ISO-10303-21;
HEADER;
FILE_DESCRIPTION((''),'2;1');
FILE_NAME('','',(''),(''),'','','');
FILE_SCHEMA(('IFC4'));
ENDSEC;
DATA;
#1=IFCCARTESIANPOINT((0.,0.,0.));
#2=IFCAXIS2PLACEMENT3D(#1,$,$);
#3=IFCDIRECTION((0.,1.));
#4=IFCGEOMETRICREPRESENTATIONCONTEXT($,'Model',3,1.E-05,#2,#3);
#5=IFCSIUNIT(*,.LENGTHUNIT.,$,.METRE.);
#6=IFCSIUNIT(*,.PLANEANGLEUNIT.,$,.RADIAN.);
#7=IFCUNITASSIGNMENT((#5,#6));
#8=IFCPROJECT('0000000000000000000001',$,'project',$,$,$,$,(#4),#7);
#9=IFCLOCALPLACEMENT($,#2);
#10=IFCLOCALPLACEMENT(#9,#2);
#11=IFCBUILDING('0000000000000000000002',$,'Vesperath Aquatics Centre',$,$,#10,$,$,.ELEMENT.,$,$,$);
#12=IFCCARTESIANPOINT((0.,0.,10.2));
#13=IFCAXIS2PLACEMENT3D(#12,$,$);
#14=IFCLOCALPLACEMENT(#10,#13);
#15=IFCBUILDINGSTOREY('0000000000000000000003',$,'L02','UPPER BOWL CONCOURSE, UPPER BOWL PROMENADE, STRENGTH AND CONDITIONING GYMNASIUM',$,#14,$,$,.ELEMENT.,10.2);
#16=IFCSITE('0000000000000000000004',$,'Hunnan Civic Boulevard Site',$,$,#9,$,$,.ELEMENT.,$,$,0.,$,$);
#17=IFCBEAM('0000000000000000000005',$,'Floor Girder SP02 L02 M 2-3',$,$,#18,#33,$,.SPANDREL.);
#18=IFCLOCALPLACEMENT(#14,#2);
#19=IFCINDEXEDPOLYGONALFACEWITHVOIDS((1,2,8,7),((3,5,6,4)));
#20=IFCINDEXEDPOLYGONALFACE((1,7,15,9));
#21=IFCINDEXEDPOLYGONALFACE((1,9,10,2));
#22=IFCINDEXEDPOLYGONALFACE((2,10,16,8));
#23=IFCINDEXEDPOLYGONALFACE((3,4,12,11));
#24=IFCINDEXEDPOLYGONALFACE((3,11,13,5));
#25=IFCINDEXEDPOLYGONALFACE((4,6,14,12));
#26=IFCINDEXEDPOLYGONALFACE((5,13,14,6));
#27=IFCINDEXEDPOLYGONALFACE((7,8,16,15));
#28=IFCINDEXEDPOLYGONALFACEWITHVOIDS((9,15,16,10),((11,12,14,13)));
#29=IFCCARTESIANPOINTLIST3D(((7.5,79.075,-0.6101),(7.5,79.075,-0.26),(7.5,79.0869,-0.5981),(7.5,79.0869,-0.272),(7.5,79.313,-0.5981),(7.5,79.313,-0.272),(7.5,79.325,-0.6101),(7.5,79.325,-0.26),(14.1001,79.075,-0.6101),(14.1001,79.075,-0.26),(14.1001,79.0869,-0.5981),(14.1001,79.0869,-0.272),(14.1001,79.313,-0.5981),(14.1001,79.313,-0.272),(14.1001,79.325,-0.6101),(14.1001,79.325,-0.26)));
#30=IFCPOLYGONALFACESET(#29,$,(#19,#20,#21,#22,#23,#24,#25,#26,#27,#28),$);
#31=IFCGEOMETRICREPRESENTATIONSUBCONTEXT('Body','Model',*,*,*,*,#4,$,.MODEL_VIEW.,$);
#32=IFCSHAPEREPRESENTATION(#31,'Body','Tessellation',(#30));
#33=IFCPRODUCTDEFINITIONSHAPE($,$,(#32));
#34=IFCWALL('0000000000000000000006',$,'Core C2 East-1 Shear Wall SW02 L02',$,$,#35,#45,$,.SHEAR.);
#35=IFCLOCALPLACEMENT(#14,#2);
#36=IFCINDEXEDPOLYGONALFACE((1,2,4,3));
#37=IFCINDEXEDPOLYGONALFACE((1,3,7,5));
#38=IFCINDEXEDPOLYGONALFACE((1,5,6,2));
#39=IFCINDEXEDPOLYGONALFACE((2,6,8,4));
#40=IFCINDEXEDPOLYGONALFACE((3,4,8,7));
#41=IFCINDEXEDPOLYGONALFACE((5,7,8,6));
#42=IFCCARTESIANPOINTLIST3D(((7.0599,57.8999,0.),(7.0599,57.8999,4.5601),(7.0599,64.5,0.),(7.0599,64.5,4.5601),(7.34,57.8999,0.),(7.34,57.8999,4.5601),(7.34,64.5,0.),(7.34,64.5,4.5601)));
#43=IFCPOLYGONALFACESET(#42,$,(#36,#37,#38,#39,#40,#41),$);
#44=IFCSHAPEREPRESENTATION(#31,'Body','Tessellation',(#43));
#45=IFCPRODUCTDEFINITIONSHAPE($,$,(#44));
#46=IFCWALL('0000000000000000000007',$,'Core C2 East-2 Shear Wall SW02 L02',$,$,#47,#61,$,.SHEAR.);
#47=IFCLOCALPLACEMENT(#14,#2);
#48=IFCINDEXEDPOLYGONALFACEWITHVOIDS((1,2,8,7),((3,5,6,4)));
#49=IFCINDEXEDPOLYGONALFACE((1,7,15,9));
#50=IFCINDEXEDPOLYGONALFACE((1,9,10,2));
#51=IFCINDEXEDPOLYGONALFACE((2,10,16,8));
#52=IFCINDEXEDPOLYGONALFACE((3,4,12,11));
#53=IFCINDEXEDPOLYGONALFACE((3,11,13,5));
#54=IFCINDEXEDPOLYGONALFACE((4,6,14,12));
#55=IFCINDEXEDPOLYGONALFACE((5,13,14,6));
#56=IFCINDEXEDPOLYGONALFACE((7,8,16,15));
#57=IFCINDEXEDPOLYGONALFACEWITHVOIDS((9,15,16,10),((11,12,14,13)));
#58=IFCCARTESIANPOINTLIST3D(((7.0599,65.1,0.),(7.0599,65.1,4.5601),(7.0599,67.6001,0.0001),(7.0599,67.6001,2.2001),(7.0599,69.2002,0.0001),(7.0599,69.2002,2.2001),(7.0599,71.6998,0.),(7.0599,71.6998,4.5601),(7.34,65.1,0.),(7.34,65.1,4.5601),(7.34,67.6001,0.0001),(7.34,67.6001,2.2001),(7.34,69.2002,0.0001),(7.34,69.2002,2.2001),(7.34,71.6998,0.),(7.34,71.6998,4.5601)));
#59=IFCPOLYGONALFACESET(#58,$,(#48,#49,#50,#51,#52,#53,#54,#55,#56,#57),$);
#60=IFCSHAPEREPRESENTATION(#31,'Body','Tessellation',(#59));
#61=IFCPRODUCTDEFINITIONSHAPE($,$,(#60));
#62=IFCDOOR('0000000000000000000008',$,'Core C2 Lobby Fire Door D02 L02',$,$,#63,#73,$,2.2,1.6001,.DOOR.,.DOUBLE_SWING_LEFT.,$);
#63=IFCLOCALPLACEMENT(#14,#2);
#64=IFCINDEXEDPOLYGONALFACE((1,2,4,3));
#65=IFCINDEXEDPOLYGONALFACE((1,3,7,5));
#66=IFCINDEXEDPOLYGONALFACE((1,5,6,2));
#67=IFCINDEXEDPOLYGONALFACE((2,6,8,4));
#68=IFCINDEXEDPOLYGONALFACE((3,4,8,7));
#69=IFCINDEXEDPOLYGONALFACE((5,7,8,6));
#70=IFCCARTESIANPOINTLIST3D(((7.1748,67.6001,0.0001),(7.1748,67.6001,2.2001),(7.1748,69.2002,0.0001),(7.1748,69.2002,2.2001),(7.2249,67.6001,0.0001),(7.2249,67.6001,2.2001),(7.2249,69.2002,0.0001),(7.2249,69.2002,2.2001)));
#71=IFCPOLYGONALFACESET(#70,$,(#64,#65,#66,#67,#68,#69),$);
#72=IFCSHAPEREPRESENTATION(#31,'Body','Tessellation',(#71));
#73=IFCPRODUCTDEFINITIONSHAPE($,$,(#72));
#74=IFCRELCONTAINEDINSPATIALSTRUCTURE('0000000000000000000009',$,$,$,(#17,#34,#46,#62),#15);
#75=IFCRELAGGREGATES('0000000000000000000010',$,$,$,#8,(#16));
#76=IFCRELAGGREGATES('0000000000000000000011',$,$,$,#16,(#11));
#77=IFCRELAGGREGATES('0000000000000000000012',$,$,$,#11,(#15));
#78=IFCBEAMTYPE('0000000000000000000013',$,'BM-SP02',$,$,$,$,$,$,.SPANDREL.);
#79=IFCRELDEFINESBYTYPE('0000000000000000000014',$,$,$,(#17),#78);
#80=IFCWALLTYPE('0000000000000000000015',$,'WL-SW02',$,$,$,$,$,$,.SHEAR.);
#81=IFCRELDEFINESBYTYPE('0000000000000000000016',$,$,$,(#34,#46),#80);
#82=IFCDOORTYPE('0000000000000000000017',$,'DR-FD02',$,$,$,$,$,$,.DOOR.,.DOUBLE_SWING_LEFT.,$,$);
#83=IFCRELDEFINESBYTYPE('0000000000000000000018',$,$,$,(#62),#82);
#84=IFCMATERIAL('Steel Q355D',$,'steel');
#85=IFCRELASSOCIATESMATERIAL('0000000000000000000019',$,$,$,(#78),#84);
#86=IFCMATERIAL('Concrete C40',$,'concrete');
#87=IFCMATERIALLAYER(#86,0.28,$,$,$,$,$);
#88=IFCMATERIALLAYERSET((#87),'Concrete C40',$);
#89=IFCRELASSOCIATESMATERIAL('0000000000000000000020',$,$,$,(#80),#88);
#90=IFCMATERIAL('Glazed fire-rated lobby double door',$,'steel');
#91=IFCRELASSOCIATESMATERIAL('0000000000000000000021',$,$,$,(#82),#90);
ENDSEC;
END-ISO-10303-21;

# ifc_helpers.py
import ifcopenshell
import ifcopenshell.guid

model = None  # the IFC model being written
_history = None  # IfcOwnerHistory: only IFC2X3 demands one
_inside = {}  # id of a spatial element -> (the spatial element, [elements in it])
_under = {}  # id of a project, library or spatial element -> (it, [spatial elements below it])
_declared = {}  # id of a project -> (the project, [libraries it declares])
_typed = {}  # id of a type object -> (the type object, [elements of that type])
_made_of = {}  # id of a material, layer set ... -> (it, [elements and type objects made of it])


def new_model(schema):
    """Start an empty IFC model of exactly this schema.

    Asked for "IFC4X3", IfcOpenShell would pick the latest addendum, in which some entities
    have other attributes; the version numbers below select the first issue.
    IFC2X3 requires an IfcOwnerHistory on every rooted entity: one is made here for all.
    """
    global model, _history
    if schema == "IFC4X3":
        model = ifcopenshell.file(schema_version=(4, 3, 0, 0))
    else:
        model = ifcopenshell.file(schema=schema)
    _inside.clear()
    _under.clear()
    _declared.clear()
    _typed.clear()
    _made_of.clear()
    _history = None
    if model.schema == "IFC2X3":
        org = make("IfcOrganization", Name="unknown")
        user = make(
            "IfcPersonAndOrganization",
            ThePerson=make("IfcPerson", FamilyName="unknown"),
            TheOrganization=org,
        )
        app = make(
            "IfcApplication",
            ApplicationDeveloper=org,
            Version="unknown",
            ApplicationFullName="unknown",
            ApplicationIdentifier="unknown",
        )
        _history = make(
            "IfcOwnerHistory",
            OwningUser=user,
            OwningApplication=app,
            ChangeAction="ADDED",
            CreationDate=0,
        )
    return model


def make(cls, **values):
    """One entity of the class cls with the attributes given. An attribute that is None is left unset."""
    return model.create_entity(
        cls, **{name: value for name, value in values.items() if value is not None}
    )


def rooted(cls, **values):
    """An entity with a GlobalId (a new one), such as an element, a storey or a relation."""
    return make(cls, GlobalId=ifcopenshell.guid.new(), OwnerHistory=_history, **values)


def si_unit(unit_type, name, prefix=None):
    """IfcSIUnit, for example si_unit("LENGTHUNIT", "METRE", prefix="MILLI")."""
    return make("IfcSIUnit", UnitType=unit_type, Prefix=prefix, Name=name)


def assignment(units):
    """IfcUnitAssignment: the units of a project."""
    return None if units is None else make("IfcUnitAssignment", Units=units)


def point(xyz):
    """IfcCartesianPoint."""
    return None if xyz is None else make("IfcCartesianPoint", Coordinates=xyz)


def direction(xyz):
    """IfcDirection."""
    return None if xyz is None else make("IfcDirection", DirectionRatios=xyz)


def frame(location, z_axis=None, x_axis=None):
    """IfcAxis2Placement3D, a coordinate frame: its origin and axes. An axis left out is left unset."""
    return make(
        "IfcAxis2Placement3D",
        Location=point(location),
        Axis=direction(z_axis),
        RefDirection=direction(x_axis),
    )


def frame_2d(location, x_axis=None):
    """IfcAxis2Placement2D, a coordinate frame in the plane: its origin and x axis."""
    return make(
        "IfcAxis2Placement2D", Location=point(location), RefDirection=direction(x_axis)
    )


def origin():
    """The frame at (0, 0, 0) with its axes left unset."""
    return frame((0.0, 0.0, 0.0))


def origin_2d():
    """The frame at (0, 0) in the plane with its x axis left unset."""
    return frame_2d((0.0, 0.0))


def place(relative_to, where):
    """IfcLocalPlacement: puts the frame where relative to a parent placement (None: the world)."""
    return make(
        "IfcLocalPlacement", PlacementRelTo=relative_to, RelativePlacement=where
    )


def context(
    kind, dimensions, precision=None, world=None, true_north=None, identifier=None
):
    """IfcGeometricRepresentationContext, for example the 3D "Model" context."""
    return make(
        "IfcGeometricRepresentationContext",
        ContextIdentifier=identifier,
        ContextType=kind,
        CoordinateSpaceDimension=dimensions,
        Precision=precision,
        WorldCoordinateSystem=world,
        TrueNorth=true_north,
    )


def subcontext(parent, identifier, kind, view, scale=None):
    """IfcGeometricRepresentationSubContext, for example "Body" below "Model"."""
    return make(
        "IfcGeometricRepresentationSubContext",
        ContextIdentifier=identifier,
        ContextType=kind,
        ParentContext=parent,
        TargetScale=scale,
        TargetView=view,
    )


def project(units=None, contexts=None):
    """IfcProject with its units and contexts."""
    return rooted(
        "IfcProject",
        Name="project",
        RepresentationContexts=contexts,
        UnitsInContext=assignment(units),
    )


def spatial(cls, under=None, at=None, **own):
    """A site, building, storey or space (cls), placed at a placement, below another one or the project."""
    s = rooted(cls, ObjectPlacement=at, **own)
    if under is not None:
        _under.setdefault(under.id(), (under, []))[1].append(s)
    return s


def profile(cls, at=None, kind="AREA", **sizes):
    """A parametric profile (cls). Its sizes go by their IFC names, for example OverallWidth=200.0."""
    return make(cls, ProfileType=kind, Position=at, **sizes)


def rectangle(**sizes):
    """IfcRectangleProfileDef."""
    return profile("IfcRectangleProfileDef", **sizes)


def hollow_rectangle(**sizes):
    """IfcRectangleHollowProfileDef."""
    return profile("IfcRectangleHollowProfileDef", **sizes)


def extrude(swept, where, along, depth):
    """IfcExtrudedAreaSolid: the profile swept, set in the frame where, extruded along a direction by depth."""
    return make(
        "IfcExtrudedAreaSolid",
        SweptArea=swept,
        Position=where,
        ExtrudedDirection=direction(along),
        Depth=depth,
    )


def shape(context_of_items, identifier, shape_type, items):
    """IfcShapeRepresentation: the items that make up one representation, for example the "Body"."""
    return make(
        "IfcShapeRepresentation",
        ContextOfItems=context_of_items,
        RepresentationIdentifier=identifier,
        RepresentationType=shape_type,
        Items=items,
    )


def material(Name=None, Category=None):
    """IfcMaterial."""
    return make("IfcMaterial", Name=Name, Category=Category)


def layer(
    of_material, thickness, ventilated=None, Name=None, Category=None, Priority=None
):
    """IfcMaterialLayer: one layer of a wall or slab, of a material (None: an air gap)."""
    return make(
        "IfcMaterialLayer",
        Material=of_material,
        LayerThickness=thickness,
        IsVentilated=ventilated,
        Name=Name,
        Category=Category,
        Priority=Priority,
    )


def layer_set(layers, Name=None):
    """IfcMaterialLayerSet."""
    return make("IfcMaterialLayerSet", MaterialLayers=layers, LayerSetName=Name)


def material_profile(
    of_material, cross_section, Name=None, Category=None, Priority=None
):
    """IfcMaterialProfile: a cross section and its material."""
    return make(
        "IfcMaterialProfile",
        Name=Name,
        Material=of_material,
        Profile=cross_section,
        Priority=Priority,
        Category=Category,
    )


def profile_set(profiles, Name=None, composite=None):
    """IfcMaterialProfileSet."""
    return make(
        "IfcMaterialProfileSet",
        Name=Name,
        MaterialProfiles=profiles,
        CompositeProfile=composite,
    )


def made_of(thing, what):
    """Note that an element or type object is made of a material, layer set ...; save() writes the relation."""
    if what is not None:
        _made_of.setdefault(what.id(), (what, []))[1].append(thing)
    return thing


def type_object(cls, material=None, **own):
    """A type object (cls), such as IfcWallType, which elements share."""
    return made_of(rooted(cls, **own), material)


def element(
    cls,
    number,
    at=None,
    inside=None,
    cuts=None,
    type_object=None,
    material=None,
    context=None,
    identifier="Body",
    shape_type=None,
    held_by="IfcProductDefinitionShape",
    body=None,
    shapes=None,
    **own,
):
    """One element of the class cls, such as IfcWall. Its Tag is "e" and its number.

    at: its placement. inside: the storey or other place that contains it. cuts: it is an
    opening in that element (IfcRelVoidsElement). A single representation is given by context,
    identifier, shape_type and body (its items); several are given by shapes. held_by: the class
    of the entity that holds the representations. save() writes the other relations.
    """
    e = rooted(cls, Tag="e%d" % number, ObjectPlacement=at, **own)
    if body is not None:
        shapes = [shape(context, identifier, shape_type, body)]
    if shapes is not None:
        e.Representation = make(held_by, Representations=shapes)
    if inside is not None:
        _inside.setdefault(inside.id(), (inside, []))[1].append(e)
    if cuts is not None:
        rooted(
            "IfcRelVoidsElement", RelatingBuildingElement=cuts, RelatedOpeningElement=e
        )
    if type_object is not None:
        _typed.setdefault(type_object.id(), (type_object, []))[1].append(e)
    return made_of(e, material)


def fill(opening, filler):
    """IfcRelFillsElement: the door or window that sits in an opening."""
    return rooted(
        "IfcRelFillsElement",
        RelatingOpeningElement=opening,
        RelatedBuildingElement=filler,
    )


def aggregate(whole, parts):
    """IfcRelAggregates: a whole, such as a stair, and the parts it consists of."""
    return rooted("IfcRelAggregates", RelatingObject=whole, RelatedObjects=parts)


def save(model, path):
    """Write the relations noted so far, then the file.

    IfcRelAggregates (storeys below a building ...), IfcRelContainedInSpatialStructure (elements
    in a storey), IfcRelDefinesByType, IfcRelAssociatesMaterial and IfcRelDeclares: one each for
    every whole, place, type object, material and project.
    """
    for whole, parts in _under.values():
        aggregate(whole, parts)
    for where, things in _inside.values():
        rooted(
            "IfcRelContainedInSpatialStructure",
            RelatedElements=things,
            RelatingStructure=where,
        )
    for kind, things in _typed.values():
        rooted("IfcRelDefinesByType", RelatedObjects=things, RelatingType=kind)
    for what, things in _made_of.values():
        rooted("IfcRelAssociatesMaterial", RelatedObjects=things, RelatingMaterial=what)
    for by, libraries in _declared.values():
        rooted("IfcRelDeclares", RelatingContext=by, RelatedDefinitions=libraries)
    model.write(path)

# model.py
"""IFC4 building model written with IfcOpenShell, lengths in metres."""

from ifc_helpers import new_model, si_unit, direction, frame, frame_2d, origin, origin_2d, place, context, subcontext, project, spatial, rectangle, hollow_rectangle, extrude, material, layer, layer_set, material_profile, profile_set, type_object, element, fill, save


model = new_model("IFC4")

# Units and contexts
model_context = context("Model", 3, precision=1e-05, world=origin(), true_north=direction((0.0, 1.0)))
body_context = subcontext(model_context, "Body", "Model", "MODEL_VIEW")
ifc_project = project(units=[si_unit("LENGTHUNIT", "METRE"), si_unit("PLANEANGLEUNIT", "RADIAN")], contexts=[model_context])

# Site, building, storey
site_placement = place(None, origin())
site = spatial("IfcSite", under=ifc_project, at=site_placement, Name="Hunnan Civic Boulevard Site", CompositionType="ELEMENT", RefElevation=0.0)
building_placement = place(site_placement, origin())
building = spatial("IfcBuilding", under=site, at=building_placement, Name="Vesperath Aquatics Centre", CompositionType="ELEMENT")
storey_placement = place(building_placement, frame((0.0, 0.0, 10.2)))
storey = spatial("IfcBuildingStorey", under=building, at=storey_placement, Name="L02", Description="UPPER BOWL CONCOURSE, UPPER BOWL PROMENADE, STRENGTH AND CONDITIONING GYMNASIUM", CompositionType="ELEMENT", Elevation=10.2)

# Shared definitions
ifc_material_1 = material(Name="Concrete C40", Category="concrete")

# Beam
ifc_material_2 = material(Name="Steel Q355D", Category="steel")
ifc_material_profile_1 = material_profile(ifc_material_2, hollow_rectangle(XDim=0.25, YDim=0.3501, WallThickness=0.012, at=origin_2d()), Name="RHS 350x250x12")
ifc_profile_set_1 = profile_set([ifc_material_profile_1], Name="Steel Q355D")
beam_type_1 = type_object("IfcBeamType", Name="BM-SP02", PredefinedType="SPANDREL", material=ifc_profile_set_1)
for number, where, z_axis, x_axis, name in (
    (1, (7.5, 79.2, -0.4351), (1.0, 0.0, 0.0), (0.0, 1.0, 0.0), "Floor Girder SP02 L02 M 2-3"),
):
    element("IfcBeam", number, at=place(storey_placement, frame(where, z_axis=z_axis, x_axis=x_axis)), inside=storey, type_object=beam_type_1, Name=name, PredefinedType="SPANDREL", context=body_context, shape_type="SweptSolid", body=[
        extrude(hollow_rectangle(XDim=0.25, YDim=0.3501, WallThickness=0.012, at=origin_2d()), origin(), (0.0, 0.0, 1.0), 6.6001),
    ])

# Wall
ifc_layer = layer(ifc_material_1, 0.28)
ifc_layer_set = layer_set([ifc_layer], Name="Concrete C40")
wall_type = type_object("IfcWallType", Name="WL-SW02", PredefinedType="SHEAR", material=ifc_layer_set)
wall_1_placement = place(storey_placement, frame((7.2, 57.8999, 0.0), z_axis=(0.0, 0.0, 1.0), x_axis=(0.0, 1.0, 0.0)))
element("IfcWall", 2, at=wall_1_placement, inside=storey, type_object=wall_type, Name="Core C2 East-1 Shear Wall SW02 L02", PredefinedType="SHEAR", context=body_context, shape_type="SweptSolid", body=[
    extrude(rectangle(XDim=6.6001, YDim=0.28, at=frame_2d((3.3, 0.0))), origin(), (0.0, 0.0, 1.0), 4.5601),
])

# Wall, opening, door
wall_2_placement = place(storey_placement, frame((7.2, 65.1001, 0.0), z_axis=(0.0, 0.0, 1.0), x_axis=(0.0, 1.0, 0.0)))
wall_2 = element("IfcWall", 3, at=wall_2_placement, inside=storey, type_object=wall_type, Name="Core C2 East-2 Shear Wall SW02 L02", PredefinedType="SHEAR", context=body_context, shape_type="SweptSolid", body=[
    extrude(rectangle(XDim=6.5999, YDim=0.28, at=frame_2d((3.2998, 0.0))), origin(), (0.0, 0.0, 1.0), 4.5601),
])
opening_placement = place(wall_2_placement, frame((2.5, 0.0, 0.0)))
opening = element("IfcOpeningElement", 4, at=opening_placement, cuts=wall_2, PredefinedType="OPENING", context=body_context, shape_type="SweptSolid", body=[
    extrude(rectangle(XDim=1.6001, YDim=2.2, at=frame_2d((0.8, 1.1001))), frame((0.0, 0.1548, 0.0), z_axis=(0.0, -1.0, 0.0), x_axis=(1.0, 0.0, 0.0)), (0.0, 0.0, 1.0), 0.3098),
])
ifc_material_3 = material(Name="Glazed fire-rated lobby double door", Category="steel")
door_type = type_object("IfcDoorType", Name="DR-FD02", OperationType="DOUBLE_SWING_LEFT", PredefinedType="DOOR", material=ifc_material_3)
door_placement = place(opening_placement, frame((1.6001, 0.0, 0.0), z_axis=(0.0, 0.0, 1.0), x_axis=(-1.0, 0.0, 0.0)))
door = element("IfcDoor", 5, at=door_placement, inside=storey, type_object=door_type, Name="Core C2 Lobby Fire Door D02 L02", OperationType="DOUBLE_SWING_LEFT", OverallHeight=2.2, OverallWidth=1.6001, PredefinedType="DOOR", context=body_context, shape_type="SweptSolid", body=[
    extrude(rectangle(XDim=1.6001, YDim=2.2, at=frame_2d((0.8, 1.1001))), frame((0.0, 0.0249, 0.0), z_axis=(0.0, -1.0, 0.0), x_axis=(1.0, 0.0, 0.0)), (0.0, 0.0, 1.0), 0.05),
])
fill(opening, door)

save(model, "model.ifc")
